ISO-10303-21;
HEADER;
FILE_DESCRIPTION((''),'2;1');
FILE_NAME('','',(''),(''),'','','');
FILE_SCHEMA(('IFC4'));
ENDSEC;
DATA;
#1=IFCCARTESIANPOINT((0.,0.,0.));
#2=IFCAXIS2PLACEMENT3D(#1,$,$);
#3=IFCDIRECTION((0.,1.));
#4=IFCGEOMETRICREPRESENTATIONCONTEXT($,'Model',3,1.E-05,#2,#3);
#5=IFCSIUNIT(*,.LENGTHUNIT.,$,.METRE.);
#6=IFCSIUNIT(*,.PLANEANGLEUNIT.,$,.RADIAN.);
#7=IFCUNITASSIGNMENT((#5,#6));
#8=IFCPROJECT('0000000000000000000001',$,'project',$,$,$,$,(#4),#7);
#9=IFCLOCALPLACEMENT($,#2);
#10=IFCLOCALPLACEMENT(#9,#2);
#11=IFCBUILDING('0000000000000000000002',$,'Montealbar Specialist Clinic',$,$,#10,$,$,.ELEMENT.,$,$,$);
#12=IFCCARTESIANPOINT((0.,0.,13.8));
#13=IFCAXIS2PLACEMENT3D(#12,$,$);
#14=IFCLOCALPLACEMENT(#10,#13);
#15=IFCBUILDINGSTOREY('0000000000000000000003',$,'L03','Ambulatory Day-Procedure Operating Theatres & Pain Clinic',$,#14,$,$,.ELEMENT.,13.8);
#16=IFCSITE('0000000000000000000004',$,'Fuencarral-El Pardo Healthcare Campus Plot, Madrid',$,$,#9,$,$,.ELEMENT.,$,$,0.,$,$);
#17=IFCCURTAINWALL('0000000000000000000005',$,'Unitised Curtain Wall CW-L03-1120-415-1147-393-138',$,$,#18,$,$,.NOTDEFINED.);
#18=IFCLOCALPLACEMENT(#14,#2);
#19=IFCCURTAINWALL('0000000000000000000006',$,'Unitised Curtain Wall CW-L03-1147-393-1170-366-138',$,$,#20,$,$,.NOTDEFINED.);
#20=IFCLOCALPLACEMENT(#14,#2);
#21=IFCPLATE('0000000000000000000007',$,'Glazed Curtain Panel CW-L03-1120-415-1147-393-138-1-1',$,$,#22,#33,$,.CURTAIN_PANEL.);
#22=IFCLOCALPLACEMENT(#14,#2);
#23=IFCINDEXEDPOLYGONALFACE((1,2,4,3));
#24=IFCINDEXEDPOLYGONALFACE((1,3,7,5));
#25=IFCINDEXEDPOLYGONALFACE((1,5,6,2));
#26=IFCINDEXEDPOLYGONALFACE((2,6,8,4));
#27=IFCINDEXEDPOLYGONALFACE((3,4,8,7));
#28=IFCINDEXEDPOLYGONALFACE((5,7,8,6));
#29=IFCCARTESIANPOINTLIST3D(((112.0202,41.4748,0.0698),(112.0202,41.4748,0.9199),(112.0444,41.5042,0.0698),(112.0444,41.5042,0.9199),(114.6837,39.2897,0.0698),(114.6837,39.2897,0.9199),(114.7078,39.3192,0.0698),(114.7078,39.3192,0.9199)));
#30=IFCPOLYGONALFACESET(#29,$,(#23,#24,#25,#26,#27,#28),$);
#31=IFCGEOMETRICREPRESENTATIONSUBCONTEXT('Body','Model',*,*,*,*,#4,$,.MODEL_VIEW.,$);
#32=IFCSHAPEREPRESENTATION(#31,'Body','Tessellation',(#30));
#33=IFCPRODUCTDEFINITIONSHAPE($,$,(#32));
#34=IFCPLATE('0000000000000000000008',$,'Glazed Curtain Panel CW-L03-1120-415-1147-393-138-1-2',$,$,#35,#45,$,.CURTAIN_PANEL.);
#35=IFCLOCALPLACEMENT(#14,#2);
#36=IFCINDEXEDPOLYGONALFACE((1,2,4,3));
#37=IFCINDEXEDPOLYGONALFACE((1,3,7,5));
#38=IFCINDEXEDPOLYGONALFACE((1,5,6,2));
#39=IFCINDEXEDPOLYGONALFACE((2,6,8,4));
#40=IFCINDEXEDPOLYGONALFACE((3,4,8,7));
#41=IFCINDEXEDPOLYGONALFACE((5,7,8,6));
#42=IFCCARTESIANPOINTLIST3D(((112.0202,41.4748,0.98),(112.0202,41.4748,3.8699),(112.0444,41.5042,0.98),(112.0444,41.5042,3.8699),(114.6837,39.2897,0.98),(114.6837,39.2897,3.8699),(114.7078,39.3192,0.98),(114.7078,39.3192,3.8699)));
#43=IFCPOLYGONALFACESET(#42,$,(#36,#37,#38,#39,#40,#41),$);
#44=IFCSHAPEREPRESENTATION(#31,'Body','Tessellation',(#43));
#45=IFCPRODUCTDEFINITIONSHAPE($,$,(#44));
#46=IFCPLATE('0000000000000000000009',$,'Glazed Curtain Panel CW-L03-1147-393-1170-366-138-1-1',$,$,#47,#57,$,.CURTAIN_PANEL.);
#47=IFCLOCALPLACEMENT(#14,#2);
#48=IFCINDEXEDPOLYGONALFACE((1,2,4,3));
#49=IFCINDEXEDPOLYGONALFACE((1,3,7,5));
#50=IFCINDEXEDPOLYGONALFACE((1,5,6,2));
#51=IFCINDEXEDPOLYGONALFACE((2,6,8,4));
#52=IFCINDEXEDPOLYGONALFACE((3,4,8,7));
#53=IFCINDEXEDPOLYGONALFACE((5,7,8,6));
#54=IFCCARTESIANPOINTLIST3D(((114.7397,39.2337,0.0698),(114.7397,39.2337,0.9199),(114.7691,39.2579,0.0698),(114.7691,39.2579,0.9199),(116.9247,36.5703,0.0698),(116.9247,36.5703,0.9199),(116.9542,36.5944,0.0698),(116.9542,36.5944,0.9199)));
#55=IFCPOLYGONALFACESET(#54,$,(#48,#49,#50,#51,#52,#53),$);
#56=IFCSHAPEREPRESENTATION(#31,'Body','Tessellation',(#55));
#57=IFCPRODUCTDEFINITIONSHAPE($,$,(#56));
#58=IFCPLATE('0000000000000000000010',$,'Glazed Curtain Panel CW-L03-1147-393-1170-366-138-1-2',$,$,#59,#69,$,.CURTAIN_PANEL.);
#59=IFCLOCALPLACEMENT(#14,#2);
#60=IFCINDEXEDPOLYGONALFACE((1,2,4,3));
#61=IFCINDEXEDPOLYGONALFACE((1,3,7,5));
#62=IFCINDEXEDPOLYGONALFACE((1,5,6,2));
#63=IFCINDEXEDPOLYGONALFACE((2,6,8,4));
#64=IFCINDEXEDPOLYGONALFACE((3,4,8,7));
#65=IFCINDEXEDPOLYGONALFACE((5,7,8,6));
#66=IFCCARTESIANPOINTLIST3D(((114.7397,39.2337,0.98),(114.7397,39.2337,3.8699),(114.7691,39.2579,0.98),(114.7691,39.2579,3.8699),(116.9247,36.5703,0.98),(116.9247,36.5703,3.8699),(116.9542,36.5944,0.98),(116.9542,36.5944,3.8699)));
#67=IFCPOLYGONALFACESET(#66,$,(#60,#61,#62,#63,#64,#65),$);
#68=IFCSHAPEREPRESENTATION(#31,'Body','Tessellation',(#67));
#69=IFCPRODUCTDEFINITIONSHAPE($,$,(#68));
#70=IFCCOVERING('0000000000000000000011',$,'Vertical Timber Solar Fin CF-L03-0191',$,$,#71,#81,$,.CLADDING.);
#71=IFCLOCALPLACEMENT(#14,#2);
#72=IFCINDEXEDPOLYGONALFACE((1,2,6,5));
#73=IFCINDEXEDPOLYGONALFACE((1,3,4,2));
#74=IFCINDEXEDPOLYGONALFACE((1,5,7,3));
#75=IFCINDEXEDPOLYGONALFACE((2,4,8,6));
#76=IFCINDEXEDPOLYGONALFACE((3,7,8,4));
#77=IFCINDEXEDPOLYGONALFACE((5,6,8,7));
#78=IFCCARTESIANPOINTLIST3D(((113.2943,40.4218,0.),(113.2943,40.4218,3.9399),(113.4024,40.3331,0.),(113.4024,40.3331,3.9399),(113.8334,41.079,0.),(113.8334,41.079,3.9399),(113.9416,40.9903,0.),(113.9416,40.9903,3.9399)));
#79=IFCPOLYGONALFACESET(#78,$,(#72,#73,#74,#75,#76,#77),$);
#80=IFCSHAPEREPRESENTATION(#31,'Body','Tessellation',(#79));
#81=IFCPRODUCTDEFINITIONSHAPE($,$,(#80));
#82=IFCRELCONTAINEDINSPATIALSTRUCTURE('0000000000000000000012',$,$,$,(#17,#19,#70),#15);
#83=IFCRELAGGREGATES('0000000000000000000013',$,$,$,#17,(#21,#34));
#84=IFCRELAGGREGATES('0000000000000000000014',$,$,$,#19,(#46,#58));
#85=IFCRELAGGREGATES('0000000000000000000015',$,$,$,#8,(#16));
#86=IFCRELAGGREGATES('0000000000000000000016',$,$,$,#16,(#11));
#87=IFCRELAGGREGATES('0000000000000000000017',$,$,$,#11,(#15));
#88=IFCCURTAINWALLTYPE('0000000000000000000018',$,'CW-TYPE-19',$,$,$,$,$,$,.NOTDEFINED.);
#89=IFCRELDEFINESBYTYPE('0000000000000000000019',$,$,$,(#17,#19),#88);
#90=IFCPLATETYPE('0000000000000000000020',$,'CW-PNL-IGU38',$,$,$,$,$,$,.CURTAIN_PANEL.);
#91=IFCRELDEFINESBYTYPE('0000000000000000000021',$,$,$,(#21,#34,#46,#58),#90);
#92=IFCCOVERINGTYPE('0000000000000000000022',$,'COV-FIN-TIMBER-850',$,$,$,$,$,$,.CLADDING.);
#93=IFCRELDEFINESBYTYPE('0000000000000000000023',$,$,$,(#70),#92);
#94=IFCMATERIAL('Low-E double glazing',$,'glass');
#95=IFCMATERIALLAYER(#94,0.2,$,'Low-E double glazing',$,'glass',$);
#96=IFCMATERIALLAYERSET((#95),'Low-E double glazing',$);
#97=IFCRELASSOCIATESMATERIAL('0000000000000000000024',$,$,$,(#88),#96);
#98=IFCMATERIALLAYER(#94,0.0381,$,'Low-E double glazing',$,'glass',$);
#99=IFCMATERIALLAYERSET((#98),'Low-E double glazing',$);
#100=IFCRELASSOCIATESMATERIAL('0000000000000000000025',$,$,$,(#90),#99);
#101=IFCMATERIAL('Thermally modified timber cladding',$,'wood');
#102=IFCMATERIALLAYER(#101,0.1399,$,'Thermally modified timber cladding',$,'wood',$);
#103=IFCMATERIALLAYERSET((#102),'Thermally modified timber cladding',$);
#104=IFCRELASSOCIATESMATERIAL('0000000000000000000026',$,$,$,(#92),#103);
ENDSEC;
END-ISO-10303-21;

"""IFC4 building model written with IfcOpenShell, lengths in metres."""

from ifc_helpers import new_model, si_unit, direction, frame, origin, origin_2d, place, context, subcontext, project, spatial, rectangle, extrude, material, layer, layer_set, type_object, element, aggregate, save


model = new_model("IFC4")

# Units and contexts
model_context = context("Model", 3, precision=1e-05, world=origin(), true_north=direction((0.0, 1.0)))
body_context = subcontext(model_context, "Body", "Model", "MODEL_VIEW")
ifc_project = project(units=[si_unit("LENGTHUNIT", "METRE"), si_unit("PLANEANGLEUNIT", "RADIAN")], contexts=[model_context])

# Site, building, storey
site_placement = place(None, origin())
site = spatial("IfcSite", under=ifc_project, at=site_placement, Name="Fuencarral-El Pardo Healthcare Campus Plot, Madrid", CompositionType="ELEMENT", RefElevation=0.0)
building_placement = place(site_placement, origin())
building = spatial("IfcBuilding", under=site, at=building_placement, Name="Montealbar Specialist Clinic", CompositionType="ELEMENT")
storey_placement = place(building_placement, frame((0.0, 0.0, 13.8)))
storey = spatial("IfcBuildingStorey", under=building, at=storey_placement, Name="L03", Description="Ambulatory Day-Procedure Operating Theatres & Pain Clinic", CompositionType="ELEMENT", Elevation=13.8)

# Shared definitions
ifc_material_1 = material(Name="Low-E double glazing", Category="glass")
ifc_layer_1 = layer(ifc_material_1, 0.2, Name="Low-E double glazing", Category="glass")
ifc_layer_set_1 = layer_set([ifc_layer_1], Name="Low-E double glazing")
curtain_wall_type = type_object("IfcCurtainWallType", Name="CW-TYPE-19", PredefinedType="NOTDEFINED", material=ifc_layer_set_1)

# Curtain wall
curtain_wall_1_placement = place(storey_placement, origin())
curtain_wall_1 = element("IfcCurtainWall", 1, at=curtain_wall_1_placement, inside=storey, type_object=curtain_wall_type, Name="Unitised Curtain Wall CW-L03-1120-415-1147-393-138", PredefinedType="NOTDEFINED")

# Curtain wall
curtain_wall_2_placement = place(storey_placement, origin())
curtain_wall_2 = element("IfcCurtainWall", 2, at=curtain_wall_2_placement, inside=storey, type_object=curtain_wall_type, Name="Unitised Curtain Wall CW-L03-1147-393-1170-366-138", PredefinedType="NOTDEFINED")

# Plates
ifc_layer_2 = layer(ifc_material_1, 0.0381, Name="Low-E double glazing", Category="glass")
ifc_layer_set_2 = layer_set([ifc_layer_2], Name="Low-E double glazing")
plate_type = type_object("IfcPlateType", Name="CW-PNL-IGU38", PredefinedType="CURTAIN_PANEL", material=ifc_layer_set_2)
plate_1_placement = place(storey_placement, frame((113.364, 40.397, 0.0698), z_axis=(0.0, 0.0, 1.0), x_axis=(0.773123, -0.634256, 0.0)))
plate_1 = element("IfcPlate", 3, at=plate_1_placement, type_object=plate_type, Name="Glazed Curtain Panel CW-L03-1120-415-1147-393-138-1-1", PredefinedType="CURTAIN_PANEL", context=body_context, shape_type="SweptSolid", body=[
    extrude(rectangle(XDim=3.4451, YDim=0.0381, at=origin_2d()), origin(), (0.0, 0.0, 1.0), 0.8501),
])
plate_2_placement = place(storey_placement, frame((113.364, 40.397, 0.98), z_axis=(0.0, 0.0, 1.0), x_axis=(0.773123, -0.634256, 0.0)))
plate_2 = element("IfcPlate", 4, at=plate_2_placement, type_object=plate_type, Name="Glazed Curtain Panel CW-L03-1120-415-1147-393-138-1-2", PredefinedType="CURTAIN_PANEL", context=body_context, shape_type="SweptSolid", body=[
    extrude(rectangle(XDim=3.4451, YDim=0.0381, at=origin_2d()), origin(), (0.0, 0.0, 1.0), 2.8899),
])
aggregate(curtain_wall_1, [plate_1, plate_2])
plate_3_placement = place(storey_placement, frame((115.8469, 37.9141, 0.0698), z_axis=(0.0, 0.0, 1.0), x_axis=(0.634256, -0.773123, 0.0)))
plate_3 = element("IfcPlate", 5, at=plate_3_placement, type_object=plate_type, Name="Glazed Curtain Panel CW-L03-1147-393-1170-366-138-1-1", PredefinedType="CURTAIN_PANEL", context=body_context, shape_type="SweptSolid", body=[
    extrude(rectangle(XDim=3.4451, YDim=0.0381, at=origin_2d()), origin(), (0.0, 0.0, 1.0), 0.8501),
])
plate_4_placement = place(storey_placement, frame((115.8469, 37.9141, 0.98), z_axis=(0.0, 0.0, 1.0), x_axis=(0.634256, -0.773123, 0.0)))
plate_4 = element("IfcPlate", 6, at=plate_4_placement, type_object=plate_type, Name="Glazed Curtain Panel CW-L03-1147-393-1170-366-138-1-2", PredefinedType="CURTAIN_PANEL", context=body_context, shape_type="SweptSolid", body=[
    extrude(rectangle(XDim=3.4451, YDim=0.0381, at=origin_2d()), origin(), (0.0, 0.0, 1.0), 2.8899),
])
aggregate(curtain_wall_2, [plate_3, plate_4])

# Covering
ifc_material_2 = material(Name="Thermally modified timber cladding", Category="wood")
ifc_layer_3 = layer(ifc_material_2, 0.1399, Name="Thermally modified timber cladding", Category="wood")
ifc_layer_set_3 = layer_set([ifc_layer_3], Name="Thermally modified timber cladding")
covering_type = type_object("IfcCoveringType", Name="COV-FIN-TIMBER-850", PredefinedType="CLADDING", material=ifc_layer_set_3)
covering_placement = place(storey_placement, frame((113.6179, 40.7061, 0.0), z_axis=(0.0, 0.0, 1.0), x_axis=(0.634256, 0.773123, 0.0)))
element("IfcCovering", 7, at=covering_placement, inside=storey, type_object=covering_type, Name="Vertical Timber Solar Fin CF-L03-0191", PredefinedType="CLADDING", context=body_context, shape_type="SweptSolid", body=[
    extrude(rectangle(XDim=0.8501, YDim=0.1399, at=origin_2d()), origin(), (0.0, 0.0, 1.0), 3.9399),
])

save(model, "model.ifc")
